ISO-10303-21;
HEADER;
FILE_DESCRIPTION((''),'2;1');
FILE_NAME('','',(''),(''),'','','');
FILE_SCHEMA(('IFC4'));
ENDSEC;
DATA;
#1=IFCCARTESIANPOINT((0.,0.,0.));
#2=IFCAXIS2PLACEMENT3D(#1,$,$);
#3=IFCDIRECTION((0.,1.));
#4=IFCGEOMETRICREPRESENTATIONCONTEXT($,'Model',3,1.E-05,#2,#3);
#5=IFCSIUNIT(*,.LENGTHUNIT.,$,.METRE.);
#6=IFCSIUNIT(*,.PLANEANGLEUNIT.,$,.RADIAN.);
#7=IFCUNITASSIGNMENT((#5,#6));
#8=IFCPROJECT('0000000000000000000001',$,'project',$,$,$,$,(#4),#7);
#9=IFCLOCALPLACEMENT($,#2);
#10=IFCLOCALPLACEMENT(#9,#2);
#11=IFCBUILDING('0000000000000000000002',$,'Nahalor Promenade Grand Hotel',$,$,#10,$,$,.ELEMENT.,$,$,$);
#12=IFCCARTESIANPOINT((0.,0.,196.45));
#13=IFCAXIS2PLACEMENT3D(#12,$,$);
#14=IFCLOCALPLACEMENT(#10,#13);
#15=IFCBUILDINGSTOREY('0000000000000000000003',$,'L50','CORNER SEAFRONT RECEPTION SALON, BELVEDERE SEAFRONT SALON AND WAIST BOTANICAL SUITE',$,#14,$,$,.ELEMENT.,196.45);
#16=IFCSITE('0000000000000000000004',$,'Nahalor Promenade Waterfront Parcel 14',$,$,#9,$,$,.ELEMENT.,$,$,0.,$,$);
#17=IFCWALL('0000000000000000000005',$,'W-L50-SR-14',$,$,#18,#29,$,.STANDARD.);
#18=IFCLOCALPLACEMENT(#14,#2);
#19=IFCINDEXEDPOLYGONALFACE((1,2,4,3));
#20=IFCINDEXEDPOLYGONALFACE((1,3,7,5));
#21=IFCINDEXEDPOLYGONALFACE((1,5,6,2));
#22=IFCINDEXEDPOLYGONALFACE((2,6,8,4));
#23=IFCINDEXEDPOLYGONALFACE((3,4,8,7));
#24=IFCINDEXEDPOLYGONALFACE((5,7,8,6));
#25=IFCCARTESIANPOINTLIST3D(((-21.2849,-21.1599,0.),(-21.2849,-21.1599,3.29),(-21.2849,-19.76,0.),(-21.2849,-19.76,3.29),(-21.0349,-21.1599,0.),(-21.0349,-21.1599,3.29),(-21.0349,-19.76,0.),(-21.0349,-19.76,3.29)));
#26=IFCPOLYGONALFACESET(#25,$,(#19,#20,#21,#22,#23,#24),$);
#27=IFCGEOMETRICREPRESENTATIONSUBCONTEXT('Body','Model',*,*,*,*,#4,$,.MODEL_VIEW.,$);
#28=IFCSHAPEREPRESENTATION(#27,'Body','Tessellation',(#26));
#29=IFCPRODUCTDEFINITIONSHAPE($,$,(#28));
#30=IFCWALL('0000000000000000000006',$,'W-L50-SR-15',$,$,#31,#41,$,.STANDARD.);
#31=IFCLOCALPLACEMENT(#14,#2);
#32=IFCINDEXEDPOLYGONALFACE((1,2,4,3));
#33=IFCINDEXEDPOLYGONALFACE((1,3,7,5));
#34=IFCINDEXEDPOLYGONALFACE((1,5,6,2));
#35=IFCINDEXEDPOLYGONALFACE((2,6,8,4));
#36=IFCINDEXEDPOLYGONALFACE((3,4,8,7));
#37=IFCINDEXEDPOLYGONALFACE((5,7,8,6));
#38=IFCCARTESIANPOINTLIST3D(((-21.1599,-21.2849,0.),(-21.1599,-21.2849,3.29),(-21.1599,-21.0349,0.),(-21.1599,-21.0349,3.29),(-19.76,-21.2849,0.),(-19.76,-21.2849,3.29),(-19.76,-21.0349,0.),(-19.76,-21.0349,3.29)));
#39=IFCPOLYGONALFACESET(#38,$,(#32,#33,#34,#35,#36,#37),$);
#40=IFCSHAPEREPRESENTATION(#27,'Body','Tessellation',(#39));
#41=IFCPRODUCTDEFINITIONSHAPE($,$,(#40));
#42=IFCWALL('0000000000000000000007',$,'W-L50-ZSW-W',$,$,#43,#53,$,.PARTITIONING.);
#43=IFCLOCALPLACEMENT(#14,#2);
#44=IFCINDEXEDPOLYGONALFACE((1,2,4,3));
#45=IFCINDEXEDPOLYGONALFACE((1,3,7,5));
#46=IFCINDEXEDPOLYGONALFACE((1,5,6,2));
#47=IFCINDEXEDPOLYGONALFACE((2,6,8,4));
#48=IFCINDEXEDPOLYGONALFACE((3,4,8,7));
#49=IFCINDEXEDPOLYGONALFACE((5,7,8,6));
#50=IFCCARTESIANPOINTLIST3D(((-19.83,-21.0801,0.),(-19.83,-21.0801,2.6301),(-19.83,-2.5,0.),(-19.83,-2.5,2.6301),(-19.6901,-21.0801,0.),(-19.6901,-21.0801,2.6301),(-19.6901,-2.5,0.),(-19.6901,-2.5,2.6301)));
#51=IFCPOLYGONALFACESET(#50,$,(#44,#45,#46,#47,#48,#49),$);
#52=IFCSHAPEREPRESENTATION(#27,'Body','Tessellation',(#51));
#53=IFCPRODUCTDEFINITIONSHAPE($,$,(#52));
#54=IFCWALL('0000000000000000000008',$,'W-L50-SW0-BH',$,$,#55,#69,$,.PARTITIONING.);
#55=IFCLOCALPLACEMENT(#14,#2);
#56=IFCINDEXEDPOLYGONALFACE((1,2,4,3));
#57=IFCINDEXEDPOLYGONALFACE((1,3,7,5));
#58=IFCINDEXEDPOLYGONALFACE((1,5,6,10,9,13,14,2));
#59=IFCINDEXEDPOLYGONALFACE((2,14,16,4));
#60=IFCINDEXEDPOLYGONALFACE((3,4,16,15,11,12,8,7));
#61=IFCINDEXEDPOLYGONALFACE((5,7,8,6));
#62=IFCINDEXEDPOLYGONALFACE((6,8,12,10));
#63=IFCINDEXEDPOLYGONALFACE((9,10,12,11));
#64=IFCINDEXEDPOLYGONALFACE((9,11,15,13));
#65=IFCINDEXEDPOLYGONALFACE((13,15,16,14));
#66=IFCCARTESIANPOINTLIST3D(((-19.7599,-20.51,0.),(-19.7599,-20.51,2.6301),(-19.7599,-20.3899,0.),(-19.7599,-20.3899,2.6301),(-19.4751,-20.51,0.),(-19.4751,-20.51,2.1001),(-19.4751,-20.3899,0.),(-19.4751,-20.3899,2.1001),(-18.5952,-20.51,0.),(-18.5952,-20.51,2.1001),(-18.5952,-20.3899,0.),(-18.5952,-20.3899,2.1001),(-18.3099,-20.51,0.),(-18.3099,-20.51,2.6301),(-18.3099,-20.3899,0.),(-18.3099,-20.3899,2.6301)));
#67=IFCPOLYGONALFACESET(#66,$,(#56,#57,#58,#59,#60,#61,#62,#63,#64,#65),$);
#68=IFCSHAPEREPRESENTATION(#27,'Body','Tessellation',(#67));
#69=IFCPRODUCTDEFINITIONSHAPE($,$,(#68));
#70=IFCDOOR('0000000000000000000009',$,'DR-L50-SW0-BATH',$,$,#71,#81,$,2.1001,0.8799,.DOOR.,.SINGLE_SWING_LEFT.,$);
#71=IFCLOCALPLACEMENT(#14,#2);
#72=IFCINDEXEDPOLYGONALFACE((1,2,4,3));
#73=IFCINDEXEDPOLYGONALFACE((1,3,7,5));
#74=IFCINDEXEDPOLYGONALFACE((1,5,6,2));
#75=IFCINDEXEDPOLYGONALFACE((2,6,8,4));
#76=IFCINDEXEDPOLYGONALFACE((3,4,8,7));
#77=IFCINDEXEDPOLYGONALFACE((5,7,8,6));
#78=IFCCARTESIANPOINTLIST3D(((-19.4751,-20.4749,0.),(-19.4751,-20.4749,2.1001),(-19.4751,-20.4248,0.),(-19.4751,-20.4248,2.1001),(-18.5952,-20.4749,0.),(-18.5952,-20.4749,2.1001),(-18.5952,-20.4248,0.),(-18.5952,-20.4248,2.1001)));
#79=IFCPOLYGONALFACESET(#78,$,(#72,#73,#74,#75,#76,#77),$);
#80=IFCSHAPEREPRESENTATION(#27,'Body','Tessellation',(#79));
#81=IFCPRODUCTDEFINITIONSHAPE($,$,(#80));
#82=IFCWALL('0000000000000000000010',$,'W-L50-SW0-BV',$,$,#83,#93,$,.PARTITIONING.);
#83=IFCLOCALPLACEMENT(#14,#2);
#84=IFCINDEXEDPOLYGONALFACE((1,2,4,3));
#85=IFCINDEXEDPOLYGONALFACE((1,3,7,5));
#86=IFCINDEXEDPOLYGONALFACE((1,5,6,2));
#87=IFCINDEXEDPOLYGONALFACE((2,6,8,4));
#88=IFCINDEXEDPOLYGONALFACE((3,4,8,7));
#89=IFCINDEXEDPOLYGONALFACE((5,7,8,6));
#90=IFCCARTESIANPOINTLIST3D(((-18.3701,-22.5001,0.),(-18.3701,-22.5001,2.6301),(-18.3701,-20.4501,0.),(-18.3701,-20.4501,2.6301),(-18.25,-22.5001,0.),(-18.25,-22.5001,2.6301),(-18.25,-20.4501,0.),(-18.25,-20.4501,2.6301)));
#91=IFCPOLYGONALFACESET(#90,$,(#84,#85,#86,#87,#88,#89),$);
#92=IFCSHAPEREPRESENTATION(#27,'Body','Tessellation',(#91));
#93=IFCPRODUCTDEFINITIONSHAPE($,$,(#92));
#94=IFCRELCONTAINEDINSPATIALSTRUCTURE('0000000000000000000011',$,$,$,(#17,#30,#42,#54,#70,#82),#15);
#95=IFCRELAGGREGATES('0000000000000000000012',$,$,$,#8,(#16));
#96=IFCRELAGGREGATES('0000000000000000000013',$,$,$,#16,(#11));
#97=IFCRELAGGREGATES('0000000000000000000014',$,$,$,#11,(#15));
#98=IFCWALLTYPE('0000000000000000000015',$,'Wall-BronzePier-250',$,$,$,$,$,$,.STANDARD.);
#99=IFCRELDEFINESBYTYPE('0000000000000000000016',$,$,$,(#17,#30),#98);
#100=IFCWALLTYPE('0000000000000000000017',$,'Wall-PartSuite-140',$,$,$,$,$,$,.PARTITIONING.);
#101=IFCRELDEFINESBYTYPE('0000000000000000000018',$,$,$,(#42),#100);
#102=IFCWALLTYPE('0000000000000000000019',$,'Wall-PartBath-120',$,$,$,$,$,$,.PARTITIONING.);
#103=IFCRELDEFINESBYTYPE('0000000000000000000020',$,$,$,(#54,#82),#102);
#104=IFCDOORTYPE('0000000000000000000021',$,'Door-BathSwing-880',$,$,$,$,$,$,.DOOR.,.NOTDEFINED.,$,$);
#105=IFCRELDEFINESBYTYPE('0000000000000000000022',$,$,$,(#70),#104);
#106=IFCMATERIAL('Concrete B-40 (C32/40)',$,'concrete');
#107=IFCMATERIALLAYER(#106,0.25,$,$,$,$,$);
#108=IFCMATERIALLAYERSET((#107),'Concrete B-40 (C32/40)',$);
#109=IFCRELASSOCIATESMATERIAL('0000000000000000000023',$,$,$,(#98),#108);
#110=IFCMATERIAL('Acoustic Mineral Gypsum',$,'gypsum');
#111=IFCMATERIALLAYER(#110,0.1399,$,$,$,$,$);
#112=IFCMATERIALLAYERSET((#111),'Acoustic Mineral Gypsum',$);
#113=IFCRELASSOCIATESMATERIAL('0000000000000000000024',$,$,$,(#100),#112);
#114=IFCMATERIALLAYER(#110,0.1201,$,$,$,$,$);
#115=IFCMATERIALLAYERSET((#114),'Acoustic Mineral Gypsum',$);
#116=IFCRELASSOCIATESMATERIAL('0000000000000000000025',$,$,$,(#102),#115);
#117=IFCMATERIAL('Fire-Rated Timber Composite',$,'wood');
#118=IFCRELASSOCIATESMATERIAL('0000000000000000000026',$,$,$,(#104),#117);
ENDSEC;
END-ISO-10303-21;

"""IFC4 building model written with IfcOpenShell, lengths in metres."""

from ifc_helpers import new_model, si_unit, direction, frame, frame_2d, origin, place, context, subcontext, project, spatial, rectangle, extrude, source, transform, mapped, material, layer, layer_set, type_object, element, fill, save


model = new_model("IFC4")

# Units and contexts
model_context = context("Model", 3, precision=1e-05, world=origin(), true_north=direction((0.0, 1.0)))
body_context = subcontext(model_context, "Body", "Model", "MODEL_VIEW")
ifc_project = project(units=[si_unit("LENGTHUNIT", "METRE"), si_unit("PLANEANGLEUNIT", "RADIAN")], contexts=[model_context])

# Site, building, storey
site_placement = place(None, origin())
site = spatial("IfcSite", under=ifc_project, at=site_placement, Name="Nahalor Promenade Waterfront Parcel 14", CompositionType="ELEMENT", RefElevation=0.0)
building_placement = place(site_placement, origin())
building = spatial("IfcBuilding", under=site, at=building_placement, Name="Nahalor Promenade Grand Hotel", CompositionType="ELEMENT")
storey_placement = place(building_placement, frame((0.0, 0.0, 196.45)))
storey = spatial("IfcBuildingStorey", under=building, at=storey_placement, Name="L50", Description="CORNER SEAFRONT RECEPTION SALON, BELVEDERE SEAFRONT SALON AND WAIST BOTANICAL SUITE", CompositionType="ELEMENT", Elevation=196.45)

# Walls
ifc_material_1 = material(Name="Concrete B-40 (C32/40)", Category="concrete")
ifc_layer_1 = layer(ifc_material_1, 0.25)
ifc_layer_set_1 = layer_set([ifc_layer_1], Name="Concrete B-40 (C32/40)")
wall_type_1 = type_object("IfcWallType", Name="Wall-BronzePier-250", PredefinedType="STANDARD", material=ifc_layer_set_1)
shared_shape_1 = source(origin(), body_context, "Body", "SweptSolid", [
    extrude(rectangle(XDim=1.3999, YDim=0.25, at=frame_2d((0.7, 0.0))), origin(), (0.0, 0.0, 1.0), 3.29),
])
for number, where, z_axis, x_axis, name in (
    (1, (-21.1599, -21.1599, 0.0), (0.0, 0.0, 1.0), (0.0, 1.0, 0.0), "W-L50-SR-14"),
    (2, (-21.1599, -21.1599, 0.0), (0.0, 0.0, 1.0), (1.0, 0.0, 0.0), "W-L50-SR-15"),
):
    element("IfcWall", number, at=place(storey_placement, frame(where, z_axis=z_axis, x_axis=x_axis)), inside=storey, type_object=wall_type_1, Name=name, PredefinedType="STANDARD", context=body_context, shape_type="MappedRepresentation", body=[
        mapped(shared_shape_1, transform((0.0, 0.0, 0.0), scale=1.0)),
    ])
ifc_material_2 = material(Name="Acoustic Mineral Gypsum", Category="gypsum")
ifc_layer_2 = layer(ifc_material_2, 0.1399)
ifc_layer_set_2 = layer_set([ifc_layer_2], Name="Acoustic Mineral Gypsum")
wall_type_2 = type_object("IfcWallType", Name="Wall-PartSuite-140", PredefinedType="PARTITIONING", material=ifc_layer_set_2)
shared_shape_2 = source(origin(), body_context, "Body", "SweptSolid", [
    extrude(rectangle(XDim=18.5801, YDim=0.1399, at=frame_2d((9.29, 0.0))), origin(), (0.0, 0.0, 1.0), 2.6301),
])
wall_1_placement = place(storey_placement, frame((-19.76, -21.0801, 0.0), z_axis=(0.0, 0.0, 1.0), x_axis=(0.0, 1.0, 0.0)))
element("IfcWall", 3, at=wall_1_placement, inside=storey, type_object=wall_type_2, Name="W-L50-ZSW-W", PredefinedType="PARTITIONING", context=body_context, shape_type="MappedRepresentation", body=[
    mapped(shared_shape_2, transform((0.0, 0.0, 0.0), scale=1.0)),
])

# Wall, opening, door
ifc_layer_3 = layer(ifc_material_2, 0.1201)
ifc_layer_set_3 = layer_set([ifc_layer_3], Name="Acoustic Mineral Gypsum")
wall_type_3 = type_object("IfcWallType", Name="Wall-PartBath-120", PredefinedType="PARTITIONING", material=ifc_layer_set_3)
shared_shape_3 = source(origin(), body_context, "Body", "SweptSolid", [
    extrude(rectangle(XDim=1.45, YDim=0.1201, at=frame_2d((0.7251, 0.0))), origin(), (0.0, 0.0, 1.0), 2.6301),
])
wall_2_placement = place(storey_placement, frame((-19.76, -20.45, 0.0), z_axis=(0.0, 0.0, 1.0), x_axis=(1.0, 0.0, 0.0)))
wall_2 = element("IfcWall", 4, at=wall_2_placement, inside=storey, type_object=wall_type_3, Name="W-L50-SW0-BH", PredefinedType="PARTITIONING", context=body_context, shape_type="MappedRepresentation", body=[
    mapped(shared_shape_3, transform((0.0, 0.0, 0.0), scale=1.0)),
])
opening_placement = place(wall_2_placement, frame((0.2849, 0.0, 0.0)))
opening = element("IfcOpeningElement", 5, at=opening_placement, cuts=wall_2, PredefinedType="OPENING", context=body_context, shape_type="SweptSolid", body=[
    extrude(rectangle(XDim=0.8799, YDim=2.1001, at=frame_2d((0.4399, 1.05))), frame((0.0, 0.0701, 0.0), z_axis=(0.0, -1.0, 0.0), x_axis=(1.0, 0.0, 0.0)), (0.0, 0.0, 1.0), 0.1401),
])
ifc_material_3 = material(Name="Fire-Rated Timber Composite", Category="wood")
door_type = type_object("IfcDoorType", Name="Door-BathSwing-880", OperationType="NOTDEFINED", PredefinedType="DOOR", material=ifc_material_3)
shared_shape_4 = source(origin(), body_context, "Body", "SweptSolid", [
    extrude(rectangle(XDim=0.8799, YDim=2.1001, at=frame_2d((0.4399, 1.05))), frame((0.0, 0.0249, 0.0), z_axis=(0.0, -1.0, 0.0), x_axis=(1.0, 0.0, 0.0)), (0.0, 0.0, 1.0), 0.05),
])
door_placement = place(opening_placement, frame((0.8799, 0.0, 0.0), z_axis=(0.0, 0.0, 1.0), x_axis=(-1.0, 0.0, 0.0)))
door = element("IfcDoor", 6, at=door_placement, inside=storey, type_object=door_type, Name="DR-L50-SW0-BATH", OperationType="SINGLE_SWING_LEFT", OverallHeight=2.1001, OverallWidth=0.8799, PredefinedType="DOOR", context=body_context, shape_type="MappedRepresentation", body=[
    mapped(shared_shape_4, transform((0.0, 0.0, 0.0), scale=1.0)),
])
fill(opening, door)

# Wall
shared_shape_5 = source(origin(), body_context, "Body", "SweptSolid", [
    extrude(rectangle(XDim=2.05, YDim=0.1201, at=frame_2d((1.0249, 0.0))), origin(), (0.0, 0.0, 1.0), 2.6301),
])
wall_3_placement = place(storey_placement, frame((-18.3101, -22.5, 0.0), z_axis=(0.0, 0.0, 1.0), x_axis=(0.0, 1.0, 0.0)))
element("IfcWall", 7, at=wall_3_placement, inside=storey, type_object=wall_type_3, Name="W-L50-SW0-BV", PredefinedType="PARTITIONING", context=body_context, shape_type="MappedRepresentation", body=[
    mapped(shared_shape_5, transform((0.0, 0.0, 0.0), scale=1.0)),
])

save(model, "model.ifc")
